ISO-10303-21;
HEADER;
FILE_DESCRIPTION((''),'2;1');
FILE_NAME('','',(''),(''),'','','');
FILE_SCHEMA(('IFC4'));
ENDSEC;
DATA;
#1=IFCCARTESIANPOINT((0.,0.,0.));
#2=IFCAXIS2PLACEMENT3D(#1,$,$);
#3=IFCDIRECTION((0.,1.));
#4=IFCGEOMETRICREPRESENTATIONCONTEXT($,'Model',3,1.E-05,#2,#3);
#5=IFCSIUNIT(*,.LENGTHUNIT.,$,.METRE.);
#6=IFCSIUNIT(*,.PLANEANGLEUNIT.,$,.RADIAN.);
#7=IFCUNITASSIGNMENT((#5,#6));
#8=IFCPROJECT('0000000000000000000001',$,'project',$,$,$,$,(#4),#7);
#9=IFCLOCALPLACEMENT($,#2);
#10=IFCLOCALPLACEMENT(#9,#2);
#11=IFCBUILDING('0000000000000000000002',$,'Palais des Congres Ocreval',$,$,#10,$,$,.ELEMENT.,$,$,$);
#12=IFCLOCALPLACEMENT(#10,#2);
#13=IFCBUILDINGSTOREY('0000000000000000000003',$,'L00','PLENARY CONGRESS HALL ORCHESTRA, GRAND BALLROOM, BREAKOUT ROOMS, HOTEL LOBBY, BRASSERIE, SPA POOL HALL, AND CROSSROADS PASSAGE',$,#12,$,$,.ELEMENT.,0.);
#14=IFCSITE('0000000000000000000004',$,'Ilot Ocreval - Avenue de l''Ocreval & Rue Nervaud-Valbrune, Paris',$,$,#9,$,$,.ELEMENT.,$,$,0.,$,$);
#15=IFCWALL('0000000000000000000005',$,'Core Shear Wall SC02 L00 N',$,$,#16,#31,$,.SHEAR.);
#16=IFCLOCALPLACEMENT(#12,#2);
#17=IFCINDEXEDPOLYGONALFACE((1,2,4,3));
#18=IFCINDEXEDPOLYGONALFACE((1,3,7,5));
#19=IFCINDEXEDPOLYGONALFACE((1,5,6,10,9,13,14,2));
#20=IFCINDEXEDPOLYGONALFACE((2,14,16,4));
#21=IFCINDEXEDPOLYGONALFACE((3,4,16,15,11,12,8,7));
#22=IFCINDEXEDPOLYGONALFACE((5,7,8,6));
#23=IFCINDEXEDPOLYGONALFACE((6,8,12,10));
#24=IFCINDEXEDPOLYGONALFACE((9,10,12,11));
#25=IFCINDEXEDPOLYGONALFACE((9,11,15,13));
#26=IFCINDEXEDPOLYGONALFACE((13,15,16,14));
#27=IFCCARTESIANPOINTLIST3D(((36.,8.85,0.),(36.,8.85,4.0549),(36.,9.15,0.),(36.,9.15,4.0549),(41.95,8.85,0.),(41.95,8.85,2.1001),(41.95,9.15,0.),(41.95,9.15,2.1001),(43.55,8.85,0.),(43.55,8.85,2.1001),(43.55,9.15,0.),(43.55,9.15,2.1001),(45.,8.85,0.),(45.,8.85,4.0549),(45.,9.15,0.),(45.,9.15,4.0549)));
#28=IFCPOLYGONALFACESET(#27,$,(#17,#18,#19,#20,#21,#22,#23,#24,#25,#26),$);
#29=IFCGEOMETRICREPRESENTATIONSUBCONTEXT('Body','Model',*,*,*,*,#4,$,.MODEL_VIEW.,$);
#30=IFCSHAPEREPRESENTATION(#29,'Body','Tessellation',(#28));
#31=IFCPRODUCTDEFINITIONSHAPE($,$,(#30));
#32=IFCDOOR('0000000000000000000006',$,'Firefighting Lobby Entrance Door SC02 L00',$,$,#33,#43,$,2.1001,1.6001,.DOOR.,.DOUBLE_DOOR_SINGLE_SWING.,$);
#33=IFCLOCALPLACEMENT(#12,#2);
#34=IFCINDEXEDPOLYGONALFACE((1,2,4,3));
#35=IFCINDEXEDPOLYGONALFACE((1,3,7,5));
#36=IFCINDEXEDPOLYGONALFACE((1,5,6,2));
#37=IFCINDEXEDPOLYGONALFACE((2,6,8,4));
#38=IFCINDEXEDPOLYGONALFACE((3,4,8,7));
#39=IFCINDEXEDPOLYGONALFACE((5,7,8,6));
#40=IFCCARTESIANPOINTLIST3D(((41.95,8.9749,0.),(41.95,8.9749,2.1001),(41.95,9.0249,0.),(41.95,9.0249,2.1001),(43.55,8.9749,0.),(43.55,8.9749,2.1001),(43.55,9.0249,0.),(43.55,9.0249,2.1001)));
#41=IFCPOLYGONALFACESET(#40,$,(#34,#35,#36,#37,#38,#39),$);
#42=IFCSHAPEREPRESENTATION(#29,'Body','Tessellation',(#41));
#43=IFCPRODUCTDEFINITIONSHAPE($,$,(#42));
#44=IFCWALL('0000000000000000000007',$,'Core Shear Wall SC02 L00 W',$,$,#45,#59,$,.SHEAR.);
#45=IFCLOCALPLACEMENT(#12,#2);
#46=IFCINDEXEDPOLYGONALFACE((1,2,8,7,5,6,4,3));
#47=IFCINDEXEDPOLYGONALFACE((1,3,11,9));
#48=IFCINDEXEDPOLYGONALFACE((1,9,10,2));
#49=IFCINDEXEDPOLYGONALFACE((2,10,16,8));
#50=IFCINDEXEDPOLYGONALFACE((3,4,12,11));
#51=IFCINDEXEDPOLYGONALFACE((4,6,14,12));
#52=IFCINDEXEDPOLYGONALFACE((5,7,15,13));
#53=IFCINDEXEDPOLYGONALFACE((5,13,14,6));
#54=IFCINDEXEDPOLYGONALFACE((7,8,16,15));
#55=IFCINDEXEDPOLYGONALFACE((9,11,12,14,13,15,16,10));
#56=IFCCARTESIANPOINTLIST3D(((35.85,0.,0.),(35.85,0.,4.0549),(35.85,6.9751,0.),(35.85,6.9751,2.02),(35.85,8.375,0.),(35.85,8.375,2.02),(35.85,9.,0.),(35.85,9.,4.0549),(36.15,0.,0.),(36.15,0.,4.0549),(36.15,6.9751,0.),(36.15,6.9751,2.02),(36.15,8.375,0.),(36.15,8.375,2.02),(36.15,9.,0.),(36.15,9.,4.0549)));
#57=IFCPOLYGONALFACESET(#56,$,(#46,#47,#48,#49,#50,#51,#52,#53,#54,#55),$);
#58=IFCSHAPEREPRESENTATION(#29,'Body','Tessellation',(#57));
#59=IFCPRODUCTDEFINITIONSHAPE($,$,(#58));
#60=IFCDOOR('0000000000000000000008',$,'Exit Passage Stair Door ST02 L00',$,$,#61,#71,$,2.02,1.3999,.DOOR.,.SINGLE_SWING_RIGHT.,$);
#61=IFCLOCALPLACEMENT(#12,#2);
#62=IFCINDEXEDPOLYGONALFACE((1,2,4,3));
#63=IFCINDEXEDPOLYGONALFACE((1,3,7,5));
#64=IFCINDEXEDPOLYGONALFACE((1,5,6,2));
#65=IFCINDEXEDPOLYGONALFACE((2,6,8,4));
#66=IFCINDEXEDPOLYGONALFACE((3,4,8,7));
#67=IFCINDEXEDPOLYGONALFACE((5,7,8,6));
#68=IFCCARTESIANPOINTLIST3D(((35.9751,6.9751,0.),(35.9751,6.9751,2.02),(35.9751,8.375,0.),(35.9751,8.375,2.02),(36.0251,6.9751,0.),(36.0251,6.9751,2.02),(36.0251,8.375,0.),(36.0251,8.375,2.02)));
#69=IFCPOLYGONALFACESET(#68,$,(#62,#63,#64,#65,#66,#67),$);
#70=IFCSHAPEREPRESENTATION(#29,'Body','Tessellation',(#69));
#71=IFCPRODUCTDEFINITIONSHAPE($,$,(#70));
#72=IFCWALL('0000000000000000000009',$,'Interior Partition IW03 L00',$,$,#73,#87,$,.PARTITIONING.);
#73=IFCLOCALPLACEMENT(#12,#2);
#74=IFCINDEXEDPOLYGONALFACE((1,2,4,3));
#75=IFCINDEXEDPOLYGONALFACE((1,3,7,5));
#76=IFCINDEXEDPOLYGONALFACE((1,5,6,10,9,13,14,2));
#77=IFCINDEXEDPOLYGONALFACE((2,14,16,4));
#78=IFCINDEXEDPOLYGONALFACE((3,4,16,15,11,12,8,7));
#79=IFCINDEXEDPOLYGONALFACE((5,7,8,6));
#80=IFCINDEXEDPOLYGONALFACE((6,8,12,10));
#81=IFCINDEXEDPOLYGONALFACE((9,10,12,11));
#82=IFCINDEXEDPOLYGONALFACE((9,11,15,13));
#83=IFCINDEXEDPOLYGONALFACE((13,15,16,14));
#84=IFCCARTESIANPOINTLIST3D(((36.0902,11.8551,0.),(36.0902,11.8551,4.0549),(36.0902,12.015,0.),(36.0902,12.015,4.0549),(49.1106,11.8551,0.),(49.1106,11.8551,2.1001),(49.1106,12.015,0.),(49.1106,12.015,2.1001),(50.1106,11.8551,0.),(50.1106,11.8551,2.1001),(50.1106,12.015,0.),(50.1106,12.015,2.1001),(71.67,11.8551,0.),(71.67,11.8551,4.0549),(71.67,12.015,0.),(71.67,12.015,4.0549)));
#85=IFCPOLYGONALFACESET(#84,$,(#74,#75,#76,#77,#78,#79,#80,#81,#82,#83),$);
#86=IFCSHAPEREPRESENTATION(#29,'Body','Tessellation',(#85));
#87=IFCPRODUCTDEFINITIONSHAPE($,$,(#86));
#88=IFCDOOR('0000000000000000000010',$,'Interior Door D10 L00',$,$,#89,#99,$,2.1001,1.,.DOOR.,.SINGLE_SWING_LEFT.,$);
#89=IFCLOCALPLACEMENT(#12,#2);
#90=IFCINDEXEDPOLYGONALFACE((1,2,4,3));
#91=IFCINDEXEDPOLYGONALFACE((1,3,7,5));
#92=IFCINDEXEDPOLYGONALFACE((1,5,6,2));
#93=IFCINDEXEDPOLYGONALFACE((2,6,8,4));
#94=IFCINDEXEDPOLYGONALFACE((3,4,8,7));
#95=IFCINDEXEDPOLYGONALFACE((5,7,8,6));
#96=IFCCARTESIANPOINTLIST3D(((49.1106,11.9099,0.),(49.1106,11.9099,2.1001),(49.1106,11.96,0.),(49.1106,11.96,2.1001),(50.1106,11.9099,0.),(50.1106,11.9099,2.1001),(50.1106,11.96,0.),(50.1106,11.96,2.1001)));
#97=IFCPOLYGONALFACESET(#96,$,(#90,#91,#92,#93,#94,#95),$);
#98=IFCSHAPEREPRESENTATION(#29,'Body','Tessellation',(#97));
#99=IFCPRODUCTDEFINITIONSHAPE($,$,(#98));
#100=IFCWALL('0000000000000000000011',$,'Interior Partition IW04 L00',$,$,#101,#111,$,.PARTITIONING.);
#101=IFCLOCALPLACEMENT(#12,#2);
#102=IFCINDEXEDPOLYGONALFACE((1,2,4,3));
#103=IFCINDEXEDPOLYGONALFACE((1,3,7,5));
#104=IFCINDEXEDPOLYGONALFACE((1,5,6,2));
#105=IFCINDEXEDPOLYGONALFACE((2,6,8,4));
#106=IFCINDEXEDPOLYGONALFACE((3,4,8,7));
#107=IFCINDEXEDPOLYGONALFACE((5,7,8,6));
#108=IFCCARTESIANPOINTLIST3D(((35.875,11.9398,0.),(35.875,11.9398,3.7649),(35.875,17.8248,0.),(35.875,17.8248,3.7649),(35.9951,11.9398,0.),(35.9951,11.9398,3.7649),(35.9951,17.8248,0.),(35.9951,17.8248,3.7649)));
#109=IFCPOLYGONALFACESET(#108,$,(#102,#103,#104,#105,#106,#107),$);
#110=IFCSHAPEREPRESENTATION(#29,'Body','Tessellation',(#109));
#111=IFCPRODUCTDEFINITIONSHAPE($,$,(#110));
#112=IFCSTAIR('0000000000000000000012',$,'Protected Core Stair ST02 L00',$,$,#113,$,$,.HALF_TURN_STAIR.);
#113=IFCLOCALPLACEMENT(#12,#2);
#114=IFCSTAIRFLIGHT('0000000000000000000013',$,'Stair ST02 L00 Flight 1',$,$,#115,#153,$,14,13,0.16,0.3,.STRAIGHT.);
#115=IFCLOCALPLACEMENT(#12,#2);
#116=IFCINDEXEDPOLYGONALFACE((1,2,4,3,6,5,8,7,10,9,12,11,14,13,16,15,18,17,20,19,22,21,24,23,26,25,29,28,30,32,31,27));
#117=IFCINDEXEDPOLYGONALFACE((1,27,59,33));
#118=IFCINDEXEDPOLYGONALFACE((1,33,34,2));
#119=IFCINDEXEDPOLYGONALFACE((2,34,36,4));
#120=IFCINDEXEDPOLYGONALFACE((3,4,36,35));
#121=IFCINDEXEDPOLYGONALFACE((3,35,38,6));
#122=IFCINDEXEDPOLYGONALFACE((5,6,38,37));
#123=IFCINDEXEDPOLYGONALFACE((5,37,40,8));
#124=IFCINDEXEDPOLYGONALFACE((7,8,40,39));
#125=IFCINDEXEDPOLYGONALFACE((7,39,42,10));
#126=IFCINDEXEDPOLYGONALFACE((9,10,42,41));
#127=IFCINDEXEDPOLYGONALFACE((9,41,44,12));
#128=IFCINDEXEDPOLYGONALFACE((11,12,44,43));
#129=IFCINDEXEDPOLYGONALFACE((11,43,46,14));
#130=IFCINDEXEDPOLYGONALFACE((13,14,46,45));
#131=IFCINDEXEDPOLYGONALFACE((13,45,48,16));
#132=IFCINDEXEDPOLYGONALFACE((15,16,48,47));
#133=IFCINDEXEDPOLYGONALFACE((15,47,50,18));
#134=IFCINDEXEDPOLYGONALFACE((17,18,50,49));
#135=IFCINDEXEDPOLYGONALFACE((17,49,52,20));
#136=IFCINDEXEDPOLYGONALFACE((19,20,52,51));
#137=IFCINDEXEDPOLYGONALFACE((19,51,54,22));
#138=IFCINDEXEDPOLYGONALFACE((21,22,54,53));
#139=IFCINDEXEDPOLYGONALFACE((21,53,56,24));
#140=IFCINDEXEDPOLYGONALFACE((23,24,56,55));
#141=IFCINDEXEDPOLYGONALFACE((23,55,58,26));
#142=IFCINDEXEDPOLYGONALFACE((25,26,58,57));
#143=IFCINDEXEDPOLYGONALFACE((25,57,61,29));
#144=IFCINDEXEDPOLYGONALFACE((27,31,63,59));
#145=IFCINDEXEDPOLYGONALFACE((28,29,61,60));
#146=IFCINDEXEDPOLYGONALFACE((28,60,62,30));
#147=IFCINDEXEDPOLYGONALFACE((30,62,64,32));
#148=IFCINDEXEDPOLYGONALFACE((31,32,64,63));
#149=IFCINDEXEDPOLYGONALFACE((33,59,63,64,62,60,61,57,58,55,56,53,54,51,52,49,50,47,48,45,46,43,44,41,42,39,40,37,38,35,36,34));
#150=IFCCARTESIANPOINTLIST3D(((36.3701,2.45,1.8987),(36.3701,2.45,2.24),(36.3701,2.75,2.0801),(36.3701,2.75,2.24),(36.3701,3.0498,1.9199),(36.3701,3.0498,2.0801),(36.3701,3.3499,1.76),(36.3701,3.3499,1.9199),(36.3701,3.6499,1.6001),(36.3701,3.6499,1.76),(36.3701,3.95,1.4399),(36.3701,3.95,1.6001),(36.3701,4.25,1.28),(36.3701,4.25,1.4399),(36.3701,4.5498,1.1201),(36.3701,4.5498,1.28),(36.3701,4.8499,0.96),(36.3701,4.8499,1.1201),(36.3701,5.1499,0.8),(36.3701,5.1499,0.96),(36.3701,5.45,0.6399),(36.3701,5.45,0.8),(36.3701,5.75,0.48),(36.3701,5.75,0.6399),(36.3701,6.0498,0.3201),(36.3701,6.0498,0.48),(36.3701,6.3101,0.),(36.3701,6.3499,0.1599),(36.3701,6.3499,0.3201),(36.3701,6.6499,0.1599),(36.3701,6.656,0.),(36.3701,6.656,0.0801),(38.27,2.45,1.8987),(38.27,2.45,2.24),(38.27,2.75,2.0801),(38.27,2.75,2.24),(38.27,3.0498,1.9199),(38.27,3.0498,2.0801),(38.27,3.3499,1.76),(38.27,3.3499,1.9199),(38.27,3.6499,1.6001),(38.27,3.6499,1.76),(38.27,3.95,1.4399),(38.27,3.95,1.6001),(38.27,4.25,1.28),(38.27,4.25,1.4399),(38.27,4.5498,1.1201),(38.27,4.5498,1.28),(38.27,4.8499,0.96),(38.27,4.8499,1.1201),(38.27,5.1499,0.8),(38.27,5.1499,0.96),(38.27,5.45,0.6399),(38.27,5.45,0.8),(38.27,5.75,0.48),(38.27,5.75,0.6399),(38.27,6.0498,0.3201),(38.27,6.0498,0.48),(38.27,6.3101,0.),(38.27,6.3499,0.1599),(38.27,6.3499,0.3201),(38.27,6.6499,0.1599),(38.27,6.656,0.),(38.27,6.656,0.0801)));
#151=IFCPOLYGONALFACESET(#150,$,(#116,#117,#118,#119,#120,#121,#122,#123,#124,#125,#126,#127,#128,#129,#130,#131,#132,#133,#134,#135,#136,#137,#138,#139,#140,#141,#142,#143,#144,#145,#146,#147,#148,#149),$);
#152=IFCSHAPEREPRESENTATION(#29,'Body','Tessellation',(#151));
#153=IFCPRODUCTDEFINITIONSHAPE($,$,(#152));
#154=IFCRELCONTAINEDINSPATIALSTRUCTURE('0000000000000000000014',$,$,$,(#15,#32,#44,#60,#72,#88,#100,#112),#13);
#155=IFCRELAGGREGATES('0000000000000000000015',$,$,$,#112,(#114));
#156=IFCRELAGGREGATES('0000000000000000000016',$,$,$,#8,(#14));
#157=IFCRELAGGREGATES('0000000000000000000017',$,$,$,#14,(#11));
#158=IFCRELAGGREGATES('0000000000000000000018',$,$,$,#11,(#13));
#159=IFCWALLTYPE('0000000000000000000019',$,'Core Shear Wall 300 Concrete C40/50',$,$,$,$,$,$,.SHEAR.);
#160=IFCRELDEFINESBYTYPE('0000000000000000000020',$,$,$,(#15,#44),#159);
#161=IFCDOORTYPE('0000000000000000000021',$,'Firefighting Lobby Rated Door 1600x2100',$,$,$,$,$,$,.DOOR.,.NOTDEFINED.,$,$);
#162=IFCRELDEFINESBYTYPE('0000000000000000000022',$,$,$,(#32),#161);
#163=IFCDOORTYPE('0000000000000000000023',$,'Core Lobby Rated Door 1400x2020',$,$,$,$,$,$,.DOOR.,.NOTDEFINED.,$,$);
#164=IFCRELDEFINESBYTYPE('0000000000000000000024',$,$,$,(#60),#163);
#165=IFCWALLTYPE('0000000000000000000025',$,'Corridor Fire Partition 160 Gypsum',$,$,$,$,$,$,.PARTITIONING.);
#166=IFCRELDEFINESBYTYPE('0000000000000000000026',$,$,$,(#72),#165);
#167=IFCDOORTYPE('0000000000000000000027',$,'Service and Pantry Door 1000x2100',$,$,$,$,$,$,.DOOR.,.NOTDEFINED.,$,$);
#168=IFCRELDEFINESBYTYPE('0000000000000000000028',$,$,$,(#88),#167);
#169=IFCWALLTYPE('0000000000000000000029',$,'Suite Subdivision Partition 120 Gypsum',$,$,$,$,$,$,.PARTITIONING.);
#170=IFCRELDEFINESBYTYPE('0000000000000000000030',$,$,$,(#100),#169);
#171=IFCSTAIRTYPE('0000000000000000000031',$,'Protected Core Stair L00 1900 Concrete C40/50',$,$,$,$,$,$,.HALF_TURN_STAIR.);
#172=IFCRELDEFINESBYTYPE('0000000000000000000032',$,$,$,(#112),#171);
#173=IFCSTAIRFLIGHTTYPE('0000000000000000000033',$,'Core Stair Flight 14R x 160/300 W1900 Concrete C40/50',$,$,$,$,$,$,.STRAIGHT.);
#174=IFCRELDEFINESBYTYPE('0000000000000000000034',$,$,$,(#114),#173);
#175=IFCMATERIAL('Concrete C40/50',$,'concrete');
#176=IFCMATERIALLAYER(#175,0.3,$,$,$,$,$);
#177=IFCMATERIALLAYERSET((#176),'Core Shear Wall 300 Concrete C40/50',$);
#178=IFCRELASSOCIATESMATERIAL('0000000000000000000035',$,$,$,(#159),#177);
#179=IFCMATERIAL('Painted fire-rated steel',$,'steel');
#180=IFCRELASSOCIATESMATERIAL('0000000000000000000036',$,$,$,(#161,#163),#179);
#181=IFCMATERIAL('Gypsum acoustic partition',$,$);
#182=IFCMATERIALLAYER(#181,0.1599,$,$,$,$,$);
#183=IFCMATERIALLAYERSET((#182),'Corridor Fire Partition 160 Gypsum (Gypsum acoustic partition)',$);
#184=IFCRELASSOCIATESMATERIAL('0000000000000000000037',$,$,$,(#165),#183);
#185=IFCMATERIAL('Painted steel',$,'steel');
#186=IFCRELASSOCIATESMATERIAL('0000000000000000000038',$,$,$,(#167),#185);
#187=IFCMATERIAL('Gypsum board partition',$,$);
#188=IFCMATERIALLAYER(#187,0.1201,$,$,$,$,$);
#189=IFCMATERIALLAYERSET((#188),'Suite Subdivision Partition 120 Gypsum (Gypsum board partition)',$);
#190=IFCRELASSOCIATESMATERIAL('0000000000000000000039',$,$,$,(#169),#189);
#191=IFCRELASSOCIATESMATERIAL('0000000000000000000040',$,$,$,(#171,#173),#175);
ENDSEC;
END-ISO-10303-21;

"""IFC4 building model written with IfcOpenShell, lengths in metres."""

from ifc_helpers import new_model, si_unit, direction, frame, frame_2d, origin, place, context, subcontext, project, spatial, polyline, rectangle, outline, extrude, material, layer, layer_set, type_object, element, fill, aggregate, save


model = new_model("IFC4")

# Units and contexts
model_context = context("Model", 3, precision=1e-05, world=origin(), true_north=direction((0.0, 1.0)))
body_context = subcontext(model_context, "Body", "Model", "MODEL_VIEW")
ifc_project = project(units=[si_unit("LENGTHUNIT", "METRE"), si_unit("PLANEANGLEUNIT", "RADIAN")], contexts=[model_context])

# Site, building, storey
site_placement = place(None, origin())
site = spatial("IfcSite", under=ifc_project, at=site_placement, Name="Ilot Ocreval - Avenue de l'Ocreval & Rue Nervaud-Valbrune, Paris", CompositionType="ELEMENT", RefElevation=0.0)
building_placement = place(site_placement, origin())
building = spatial("IfcBuilding", under=site, at=building_placement, Name="Palais des Congres Ocreval", CompositionType="ELEMENT")
storey_placement = place(building_placement, origin())
storey = spatial("IfcBuildingStorey", under=building, at=storey_placement, Name="L00", Description="PLENARY CONGRESS HALL ORCHESTRA, GRAND BALLROOM, BREAKOUT ROOMS, HOTEL LOBBY, BRASSERIE, SPA POOL HALL, AND CROSSROADS PASSAGE", CompositionType="ELEMENT", Elevation=0.0)

# Shared definitions
ifc_material_1 = material(Name="Concrete C40/50", Category="concrete")

# Walls, openings, doors
ifc_layer_1 = layer(ifc_material_1, 0.3)
ifc_layer_set_1 = layer_set([ifc_layer_1], Name="Core Shear Wall 300 Concrete C40/50")
wall_type_1 = type_object("IfcWallType", Name="Core Shear Wall 300 Concrete C40/50", PredefinedType="SHEAR", material=ifc_layer_set_1)
wall_1_placement = place(storey_placement, frame((36.0, 9.0, 0.0), z_axis=(0.0, 0.0, 1.0), x_axis=(1.0, 0.0, 0.0)))
wall_1 = element("IfcWall", 1, at=wall_1_placement, inside=storey, type_object=wall_type_1, Name="Core Shear Wall SC02 L00 N", PredefinedType="SHEAR", context=body_context, shape_type="SweptSolid", body=[
    extrude(rectangle(XDim=9.0, YDim=0.3, at=frame_2d((4.5, 0.0))), origin(), (0.0, 0.0, 1.0), 4.0549),
])
opening_1_placement = place(wall_1_placement, frame((5.95, 0.0, 0.0)))
opening_1 = element("IfcOpeningElement", 2, at=opening_1_placement, cuts=wall_1, PredefinedType="OPENING", context=body_context, shape_type="SweptSolid", body=[
    extrude(rectangle(XDim=1.6001, YDim=2.1001, at=frame_2d((0.8, 1.05))), frame((0.0, 0.1599, 0.0), z_axis=(0.0, -1.0, 0.0), x_axis=(1.0, 0.0, 0.0)), (0.0, 0.0, 1.0), 0.3201),
])
ifc_material_2 = material(Name="Painted fire-rated steel", Category="steel")
door_type_1 = type_object("IfcDoorType", Name="Firefighting Lobby Rated Door 1600x2100", OperationType="NOTDEFINED", PredefinedType="DOOR", material=ifc_material_2)
door_1_placement = place(opening_1_placement, origin())
door_1 = element("IfcDoor", 3, at=door_1_placement, inside=storey, type_object=door_type_1, Name="Firefighting Lobby Entrance Door SC02 L00", OperationType="DOUBLE_DOOR_SINGLE_SWING", OverallHeight=2.1001, OverallWidth=1.6001, PredefinedType="DOOR", context=body_context, shape_type="SweptSolid", body=[
    extrude(rectangle(XDim=1.6001, YDim=2.1001, at=frame_2d((0.8, 1.05))), frame((0.0, 0.0249, 0.0), z_axis=(0.0, -1.0, 0.0), x_axis=(1.0, 0.0, 0.0)), (0.0, 0.0, 1.0), 0.05),
])
fill(opening_1, door_1)
wall_2_placement = place(storey_placement, frame((36.0, 0.0, 0.0), z_axis=(0.0, 0.0, 1.0), x_axis=(0.0, 1.0, 0.0)))
wall_2 = element("IfcWall", 4, at=wall_2_placement, inside=storey, type_object=wall_type_1, Name="Core Shear Wall SC02 L00 W", PredefinedType="SHEAR", context=body_context, shape_type="SweptSolid", body=[
    extrude(rectangle(XDim=9.0, YDim=0.3, at=frame_2d((4.5, 0.0))), origin(), (0.0, 0.0, 1.0), 4.0549),
])
opening_2_placement = place(wall_2_placement, frame((6.9751, 0.0, 0.0)))
opening_2 = element("IfcOpeningElement", 5, at=opening_2_placement, cuts=wall_2, PredefinedType="OPENING", context=body_context, shape_type="SweptSolid", body=[
    extrude(rectangle(XDim=1.3999, YDim=2.02, at=frame_2d((0.7, 1.01))), frame((0.0, 0.1599, 0.0), z_axis=(0.0, -1.0, 0.0), x_axis=(1.0, 0.0, 0.0)), (0.0, 0.0, 1.0), 0.3201),
])
door_type_2 = type_object("IfcDoorType", Name="Core Lobby Rated Door 1400x2020", OperationType="NOTDEFINED", PredefinedType="DOOR", material=ifc_material_2)
door_2_placement = place(opening_2_placement, origin())
door_2 = element("IfcDoor", 6, at=door_2_placement, inside=storey, type_object=door_type_2, Name="Exit Passage Stair Door ST02 L00", OperationType="SINGLE_SWING_RIGHT", OverallHeight=2.02, OverallWidth=1.3999, PredefinedType="DOOR", context=body_context, shape_type="SweptSolid", body=[
    extrude(rectangle(XDim=1.3999, YDim=2.02, at=frame_2d((0.7, 1.01))), frame((0.0, 0.0249, 0.0), z_axis=(0.0, -1.0, 0.0), x_axis=(1.0, 0.0, 0.0)), (0.0, 0.0, 1.0), 0.05),
])
fill(opening_2, door_2)
ifc_material_3 = material(Name="Gypsum acoustic partition")
ifc_layer_2 = layer(ifc_material_3, 0.1599)
ifc_layer_set_2 = layer_set([ifc_layer_2], Name="Corridor Fire Partition 160 Gypsum (Gypsum acoustic partition)")
wall_type_2 = type_object("IfcWallType", Name="Corridor Fire Partition 160 Gypsum", PredefinedType="PARTITIONING", material=ifc_layer_set_2)
wall_3_placement = place(storey_placement, frame((36.0901, 11.9351, 0.0), z_axis=(0.0, 0.0, 1.0), x_axis=(1.0, 0.0, 0.0)))
wall_3 = element("IfcWall", 7, at=wall_3_placement, inside=storey, type_object=wall_type_2, Name="Interior Partition IW03 L00", PredefinedType="PARTITIONING", context=body_context, shape_type="SweptSolid", body=[
    extrude(rectangle(XDim=35.5798, YDim=0.1599, at=frame_2d((17.79, 0.0))), origin(), (0.0, 0.0, 1.0), 4.0549),
])
opening_3_placement = place(wall_3_placement, frame((13.0205, 0.0, 0.0)))
opening_3 = element("IfcOpeningElement", 8, at=opening_3_placement, cuts=wall_3, PredefinedType="OPENING", context=body_context, shape_type="SweptSolid", body=[
    extrude(rectangle(XDim=1.0, YDim=2.1001, at=frame_2d((0.5, 1.05))), frame((0.0, 0.0898, 0.0), z_axis=(0.0, -1.0, 0.0), x_axis=(1.0, 0.0, 0.0)), (0.0, 0.0, 1.0), 0.1799),
])
ifc_material_4 = material(Name="Painted steel", Category="steel")
door_type_3 = type_object("IfcDoorType", Name="Service and Pantry Door 1000x2100", OperationType="NOTDEFINED", PredefinedType="DOOR", material=ifc_material_4)
door_3_placement = place(opening_3_placement, origin())
door_3 = element("IfcDoor", 9, at=door_3_placement, inside=storey, type_object=door_type_3, Name="Interior Door D10 L00", OperationType="SINGLE_SWING_LEFT", OverallHeight=2.1001, OverallWidth=1.0, PredefinedType="DOOR", context=body_context, shape_type="SweptSolid", body=[
    extrude(rectangle(XDim=1.0, YDim=2.1001, at=frame_2d((0.5, 1.05))), frame((0.0, 0.0249, 0.0), z_axis=(0.0, -1.0, 0.0), x_axis=(1.0, 0.0, 0.0)), (0.0, 0.0, 1.0), 0.05),
])
fill(opening_3, door_3)

# Wall
ifc_material_5 = material(Name="Gypsum board partition")
ifc_layer_3 = layer(ifc_material_5, 0.1201)
ifc_layer_set_3 = layer_set([ifc_layer_3], Name="Suite Subdivision Partition 120 Gypsum (Gypsum board partition)")
wall_type_3 = type_object("IfcWallType", Name="Suite Subdivision Partition 120 Gypsum", PredefinedType="PARTITIONING", material=ifc_layer_set_3)
wall_4_placement = place(storey_placement, frame((35.9351, 11.9399, 0.0), z_axis=(0.0, 0.0, 1.0), x_axis=(0.0, 1.0, 0.0)))
element("IfcWall", 10, at=wall_4_placement, inside=storey, type_object=wall_type_3, Name="Interior Partition IW04 L00", PredefinedType="PARTITIONING", context=body_context, shape_type="SweptSolid", body=[
    extrude(rectangle(XDim=5.885, YDim=0.1201, at=frame_2d((2.9424, 0.0))), origin(), (0.0, 0.0, 1.0), 3.7649),
])

# Stair, stair flight
stair_type = type_object("IfcStairType", Name="Protected Core Stair L00 1900 Concrete C40/50", PredefinedType="HALF_TURN_STAIR", material=ifc_material_1)
stair_placement = place(storey_placement, origin())
stair = element("IfcStair", 11, at=stair_placement, inside=storey, type_object=stair_type, Name="Protected Core Stair ST02 L00", PredefinedType="HALF_TURN_STAIR")
stair_flight_type = type_object("IfcStairFlightType", Name="Core Stair Flight 14R x 160/300 W1900 Concrete C40/50", PredefinedType="STRAIGHT", material=ifc_material_1)
stair_flight_1_placement = place(storey_placement, frame((37.3201, 6.6499, 0.0), z_axis=(0.0, 0.0, 1.0), x_axis=(0.0, -1.0, 0.0)))
stair_flight_1 = element("IfcStairFlight", 12, at=stair_flight_1_placement, type_object=stair_flight_type, Name="Stair ST02 L00 Flight 1", NumberOfRisers=14, NumberOfTreads=13, PredefinedType="STRAIGHT", RiserHeight=0.16, TreadLength=0.3, context=body_context, shape_type="SweptSolid", body=[
    extrude(outline(polyline([(-0.0061, 0.0), (-0.0061, 0.0801), (0.0, 0.1599), (0.3, 0.1599), (0.3, 0.3201), (0.6001, 0.3201), (0.6001, 0.48), (0.8999, 0.48), (0.8999, 0.6399), (1.2, 0.6399), (1.2, 0.8), (1.5, 0.8), (1.5, 0.96), (1.8, 0.96), (1.8, 1.1201), (2.1001, 1.1201), (2.1001, 1.28), (2.3999, 1.28), (2.3999, 1.4399), (2.7, 1.4399), (2.7, 1.6001), (3.0, 1.6001), (3.0, 1.76), (3.3, 1.76), (3.3, 1.9199), (3.6001, 1.9199), (3.6001, 2.0801), (3.8999, 2.0801), (3.8999, 2.24), (4.2, 2.24), (4.2, 1.8987), (0.3398, 0.0), (-0.0061, 0.0)])), frame((0.0, 0.95, 0.0), z_axis=(0.0, -1.0, 0.0), x_axis=(1.0, 0.0, 0.0)), (0.0, 0.0, 1.0), 1.8999),
])
aggregate(stair, [stair_flight_1])

save(model, "model.ifc")
